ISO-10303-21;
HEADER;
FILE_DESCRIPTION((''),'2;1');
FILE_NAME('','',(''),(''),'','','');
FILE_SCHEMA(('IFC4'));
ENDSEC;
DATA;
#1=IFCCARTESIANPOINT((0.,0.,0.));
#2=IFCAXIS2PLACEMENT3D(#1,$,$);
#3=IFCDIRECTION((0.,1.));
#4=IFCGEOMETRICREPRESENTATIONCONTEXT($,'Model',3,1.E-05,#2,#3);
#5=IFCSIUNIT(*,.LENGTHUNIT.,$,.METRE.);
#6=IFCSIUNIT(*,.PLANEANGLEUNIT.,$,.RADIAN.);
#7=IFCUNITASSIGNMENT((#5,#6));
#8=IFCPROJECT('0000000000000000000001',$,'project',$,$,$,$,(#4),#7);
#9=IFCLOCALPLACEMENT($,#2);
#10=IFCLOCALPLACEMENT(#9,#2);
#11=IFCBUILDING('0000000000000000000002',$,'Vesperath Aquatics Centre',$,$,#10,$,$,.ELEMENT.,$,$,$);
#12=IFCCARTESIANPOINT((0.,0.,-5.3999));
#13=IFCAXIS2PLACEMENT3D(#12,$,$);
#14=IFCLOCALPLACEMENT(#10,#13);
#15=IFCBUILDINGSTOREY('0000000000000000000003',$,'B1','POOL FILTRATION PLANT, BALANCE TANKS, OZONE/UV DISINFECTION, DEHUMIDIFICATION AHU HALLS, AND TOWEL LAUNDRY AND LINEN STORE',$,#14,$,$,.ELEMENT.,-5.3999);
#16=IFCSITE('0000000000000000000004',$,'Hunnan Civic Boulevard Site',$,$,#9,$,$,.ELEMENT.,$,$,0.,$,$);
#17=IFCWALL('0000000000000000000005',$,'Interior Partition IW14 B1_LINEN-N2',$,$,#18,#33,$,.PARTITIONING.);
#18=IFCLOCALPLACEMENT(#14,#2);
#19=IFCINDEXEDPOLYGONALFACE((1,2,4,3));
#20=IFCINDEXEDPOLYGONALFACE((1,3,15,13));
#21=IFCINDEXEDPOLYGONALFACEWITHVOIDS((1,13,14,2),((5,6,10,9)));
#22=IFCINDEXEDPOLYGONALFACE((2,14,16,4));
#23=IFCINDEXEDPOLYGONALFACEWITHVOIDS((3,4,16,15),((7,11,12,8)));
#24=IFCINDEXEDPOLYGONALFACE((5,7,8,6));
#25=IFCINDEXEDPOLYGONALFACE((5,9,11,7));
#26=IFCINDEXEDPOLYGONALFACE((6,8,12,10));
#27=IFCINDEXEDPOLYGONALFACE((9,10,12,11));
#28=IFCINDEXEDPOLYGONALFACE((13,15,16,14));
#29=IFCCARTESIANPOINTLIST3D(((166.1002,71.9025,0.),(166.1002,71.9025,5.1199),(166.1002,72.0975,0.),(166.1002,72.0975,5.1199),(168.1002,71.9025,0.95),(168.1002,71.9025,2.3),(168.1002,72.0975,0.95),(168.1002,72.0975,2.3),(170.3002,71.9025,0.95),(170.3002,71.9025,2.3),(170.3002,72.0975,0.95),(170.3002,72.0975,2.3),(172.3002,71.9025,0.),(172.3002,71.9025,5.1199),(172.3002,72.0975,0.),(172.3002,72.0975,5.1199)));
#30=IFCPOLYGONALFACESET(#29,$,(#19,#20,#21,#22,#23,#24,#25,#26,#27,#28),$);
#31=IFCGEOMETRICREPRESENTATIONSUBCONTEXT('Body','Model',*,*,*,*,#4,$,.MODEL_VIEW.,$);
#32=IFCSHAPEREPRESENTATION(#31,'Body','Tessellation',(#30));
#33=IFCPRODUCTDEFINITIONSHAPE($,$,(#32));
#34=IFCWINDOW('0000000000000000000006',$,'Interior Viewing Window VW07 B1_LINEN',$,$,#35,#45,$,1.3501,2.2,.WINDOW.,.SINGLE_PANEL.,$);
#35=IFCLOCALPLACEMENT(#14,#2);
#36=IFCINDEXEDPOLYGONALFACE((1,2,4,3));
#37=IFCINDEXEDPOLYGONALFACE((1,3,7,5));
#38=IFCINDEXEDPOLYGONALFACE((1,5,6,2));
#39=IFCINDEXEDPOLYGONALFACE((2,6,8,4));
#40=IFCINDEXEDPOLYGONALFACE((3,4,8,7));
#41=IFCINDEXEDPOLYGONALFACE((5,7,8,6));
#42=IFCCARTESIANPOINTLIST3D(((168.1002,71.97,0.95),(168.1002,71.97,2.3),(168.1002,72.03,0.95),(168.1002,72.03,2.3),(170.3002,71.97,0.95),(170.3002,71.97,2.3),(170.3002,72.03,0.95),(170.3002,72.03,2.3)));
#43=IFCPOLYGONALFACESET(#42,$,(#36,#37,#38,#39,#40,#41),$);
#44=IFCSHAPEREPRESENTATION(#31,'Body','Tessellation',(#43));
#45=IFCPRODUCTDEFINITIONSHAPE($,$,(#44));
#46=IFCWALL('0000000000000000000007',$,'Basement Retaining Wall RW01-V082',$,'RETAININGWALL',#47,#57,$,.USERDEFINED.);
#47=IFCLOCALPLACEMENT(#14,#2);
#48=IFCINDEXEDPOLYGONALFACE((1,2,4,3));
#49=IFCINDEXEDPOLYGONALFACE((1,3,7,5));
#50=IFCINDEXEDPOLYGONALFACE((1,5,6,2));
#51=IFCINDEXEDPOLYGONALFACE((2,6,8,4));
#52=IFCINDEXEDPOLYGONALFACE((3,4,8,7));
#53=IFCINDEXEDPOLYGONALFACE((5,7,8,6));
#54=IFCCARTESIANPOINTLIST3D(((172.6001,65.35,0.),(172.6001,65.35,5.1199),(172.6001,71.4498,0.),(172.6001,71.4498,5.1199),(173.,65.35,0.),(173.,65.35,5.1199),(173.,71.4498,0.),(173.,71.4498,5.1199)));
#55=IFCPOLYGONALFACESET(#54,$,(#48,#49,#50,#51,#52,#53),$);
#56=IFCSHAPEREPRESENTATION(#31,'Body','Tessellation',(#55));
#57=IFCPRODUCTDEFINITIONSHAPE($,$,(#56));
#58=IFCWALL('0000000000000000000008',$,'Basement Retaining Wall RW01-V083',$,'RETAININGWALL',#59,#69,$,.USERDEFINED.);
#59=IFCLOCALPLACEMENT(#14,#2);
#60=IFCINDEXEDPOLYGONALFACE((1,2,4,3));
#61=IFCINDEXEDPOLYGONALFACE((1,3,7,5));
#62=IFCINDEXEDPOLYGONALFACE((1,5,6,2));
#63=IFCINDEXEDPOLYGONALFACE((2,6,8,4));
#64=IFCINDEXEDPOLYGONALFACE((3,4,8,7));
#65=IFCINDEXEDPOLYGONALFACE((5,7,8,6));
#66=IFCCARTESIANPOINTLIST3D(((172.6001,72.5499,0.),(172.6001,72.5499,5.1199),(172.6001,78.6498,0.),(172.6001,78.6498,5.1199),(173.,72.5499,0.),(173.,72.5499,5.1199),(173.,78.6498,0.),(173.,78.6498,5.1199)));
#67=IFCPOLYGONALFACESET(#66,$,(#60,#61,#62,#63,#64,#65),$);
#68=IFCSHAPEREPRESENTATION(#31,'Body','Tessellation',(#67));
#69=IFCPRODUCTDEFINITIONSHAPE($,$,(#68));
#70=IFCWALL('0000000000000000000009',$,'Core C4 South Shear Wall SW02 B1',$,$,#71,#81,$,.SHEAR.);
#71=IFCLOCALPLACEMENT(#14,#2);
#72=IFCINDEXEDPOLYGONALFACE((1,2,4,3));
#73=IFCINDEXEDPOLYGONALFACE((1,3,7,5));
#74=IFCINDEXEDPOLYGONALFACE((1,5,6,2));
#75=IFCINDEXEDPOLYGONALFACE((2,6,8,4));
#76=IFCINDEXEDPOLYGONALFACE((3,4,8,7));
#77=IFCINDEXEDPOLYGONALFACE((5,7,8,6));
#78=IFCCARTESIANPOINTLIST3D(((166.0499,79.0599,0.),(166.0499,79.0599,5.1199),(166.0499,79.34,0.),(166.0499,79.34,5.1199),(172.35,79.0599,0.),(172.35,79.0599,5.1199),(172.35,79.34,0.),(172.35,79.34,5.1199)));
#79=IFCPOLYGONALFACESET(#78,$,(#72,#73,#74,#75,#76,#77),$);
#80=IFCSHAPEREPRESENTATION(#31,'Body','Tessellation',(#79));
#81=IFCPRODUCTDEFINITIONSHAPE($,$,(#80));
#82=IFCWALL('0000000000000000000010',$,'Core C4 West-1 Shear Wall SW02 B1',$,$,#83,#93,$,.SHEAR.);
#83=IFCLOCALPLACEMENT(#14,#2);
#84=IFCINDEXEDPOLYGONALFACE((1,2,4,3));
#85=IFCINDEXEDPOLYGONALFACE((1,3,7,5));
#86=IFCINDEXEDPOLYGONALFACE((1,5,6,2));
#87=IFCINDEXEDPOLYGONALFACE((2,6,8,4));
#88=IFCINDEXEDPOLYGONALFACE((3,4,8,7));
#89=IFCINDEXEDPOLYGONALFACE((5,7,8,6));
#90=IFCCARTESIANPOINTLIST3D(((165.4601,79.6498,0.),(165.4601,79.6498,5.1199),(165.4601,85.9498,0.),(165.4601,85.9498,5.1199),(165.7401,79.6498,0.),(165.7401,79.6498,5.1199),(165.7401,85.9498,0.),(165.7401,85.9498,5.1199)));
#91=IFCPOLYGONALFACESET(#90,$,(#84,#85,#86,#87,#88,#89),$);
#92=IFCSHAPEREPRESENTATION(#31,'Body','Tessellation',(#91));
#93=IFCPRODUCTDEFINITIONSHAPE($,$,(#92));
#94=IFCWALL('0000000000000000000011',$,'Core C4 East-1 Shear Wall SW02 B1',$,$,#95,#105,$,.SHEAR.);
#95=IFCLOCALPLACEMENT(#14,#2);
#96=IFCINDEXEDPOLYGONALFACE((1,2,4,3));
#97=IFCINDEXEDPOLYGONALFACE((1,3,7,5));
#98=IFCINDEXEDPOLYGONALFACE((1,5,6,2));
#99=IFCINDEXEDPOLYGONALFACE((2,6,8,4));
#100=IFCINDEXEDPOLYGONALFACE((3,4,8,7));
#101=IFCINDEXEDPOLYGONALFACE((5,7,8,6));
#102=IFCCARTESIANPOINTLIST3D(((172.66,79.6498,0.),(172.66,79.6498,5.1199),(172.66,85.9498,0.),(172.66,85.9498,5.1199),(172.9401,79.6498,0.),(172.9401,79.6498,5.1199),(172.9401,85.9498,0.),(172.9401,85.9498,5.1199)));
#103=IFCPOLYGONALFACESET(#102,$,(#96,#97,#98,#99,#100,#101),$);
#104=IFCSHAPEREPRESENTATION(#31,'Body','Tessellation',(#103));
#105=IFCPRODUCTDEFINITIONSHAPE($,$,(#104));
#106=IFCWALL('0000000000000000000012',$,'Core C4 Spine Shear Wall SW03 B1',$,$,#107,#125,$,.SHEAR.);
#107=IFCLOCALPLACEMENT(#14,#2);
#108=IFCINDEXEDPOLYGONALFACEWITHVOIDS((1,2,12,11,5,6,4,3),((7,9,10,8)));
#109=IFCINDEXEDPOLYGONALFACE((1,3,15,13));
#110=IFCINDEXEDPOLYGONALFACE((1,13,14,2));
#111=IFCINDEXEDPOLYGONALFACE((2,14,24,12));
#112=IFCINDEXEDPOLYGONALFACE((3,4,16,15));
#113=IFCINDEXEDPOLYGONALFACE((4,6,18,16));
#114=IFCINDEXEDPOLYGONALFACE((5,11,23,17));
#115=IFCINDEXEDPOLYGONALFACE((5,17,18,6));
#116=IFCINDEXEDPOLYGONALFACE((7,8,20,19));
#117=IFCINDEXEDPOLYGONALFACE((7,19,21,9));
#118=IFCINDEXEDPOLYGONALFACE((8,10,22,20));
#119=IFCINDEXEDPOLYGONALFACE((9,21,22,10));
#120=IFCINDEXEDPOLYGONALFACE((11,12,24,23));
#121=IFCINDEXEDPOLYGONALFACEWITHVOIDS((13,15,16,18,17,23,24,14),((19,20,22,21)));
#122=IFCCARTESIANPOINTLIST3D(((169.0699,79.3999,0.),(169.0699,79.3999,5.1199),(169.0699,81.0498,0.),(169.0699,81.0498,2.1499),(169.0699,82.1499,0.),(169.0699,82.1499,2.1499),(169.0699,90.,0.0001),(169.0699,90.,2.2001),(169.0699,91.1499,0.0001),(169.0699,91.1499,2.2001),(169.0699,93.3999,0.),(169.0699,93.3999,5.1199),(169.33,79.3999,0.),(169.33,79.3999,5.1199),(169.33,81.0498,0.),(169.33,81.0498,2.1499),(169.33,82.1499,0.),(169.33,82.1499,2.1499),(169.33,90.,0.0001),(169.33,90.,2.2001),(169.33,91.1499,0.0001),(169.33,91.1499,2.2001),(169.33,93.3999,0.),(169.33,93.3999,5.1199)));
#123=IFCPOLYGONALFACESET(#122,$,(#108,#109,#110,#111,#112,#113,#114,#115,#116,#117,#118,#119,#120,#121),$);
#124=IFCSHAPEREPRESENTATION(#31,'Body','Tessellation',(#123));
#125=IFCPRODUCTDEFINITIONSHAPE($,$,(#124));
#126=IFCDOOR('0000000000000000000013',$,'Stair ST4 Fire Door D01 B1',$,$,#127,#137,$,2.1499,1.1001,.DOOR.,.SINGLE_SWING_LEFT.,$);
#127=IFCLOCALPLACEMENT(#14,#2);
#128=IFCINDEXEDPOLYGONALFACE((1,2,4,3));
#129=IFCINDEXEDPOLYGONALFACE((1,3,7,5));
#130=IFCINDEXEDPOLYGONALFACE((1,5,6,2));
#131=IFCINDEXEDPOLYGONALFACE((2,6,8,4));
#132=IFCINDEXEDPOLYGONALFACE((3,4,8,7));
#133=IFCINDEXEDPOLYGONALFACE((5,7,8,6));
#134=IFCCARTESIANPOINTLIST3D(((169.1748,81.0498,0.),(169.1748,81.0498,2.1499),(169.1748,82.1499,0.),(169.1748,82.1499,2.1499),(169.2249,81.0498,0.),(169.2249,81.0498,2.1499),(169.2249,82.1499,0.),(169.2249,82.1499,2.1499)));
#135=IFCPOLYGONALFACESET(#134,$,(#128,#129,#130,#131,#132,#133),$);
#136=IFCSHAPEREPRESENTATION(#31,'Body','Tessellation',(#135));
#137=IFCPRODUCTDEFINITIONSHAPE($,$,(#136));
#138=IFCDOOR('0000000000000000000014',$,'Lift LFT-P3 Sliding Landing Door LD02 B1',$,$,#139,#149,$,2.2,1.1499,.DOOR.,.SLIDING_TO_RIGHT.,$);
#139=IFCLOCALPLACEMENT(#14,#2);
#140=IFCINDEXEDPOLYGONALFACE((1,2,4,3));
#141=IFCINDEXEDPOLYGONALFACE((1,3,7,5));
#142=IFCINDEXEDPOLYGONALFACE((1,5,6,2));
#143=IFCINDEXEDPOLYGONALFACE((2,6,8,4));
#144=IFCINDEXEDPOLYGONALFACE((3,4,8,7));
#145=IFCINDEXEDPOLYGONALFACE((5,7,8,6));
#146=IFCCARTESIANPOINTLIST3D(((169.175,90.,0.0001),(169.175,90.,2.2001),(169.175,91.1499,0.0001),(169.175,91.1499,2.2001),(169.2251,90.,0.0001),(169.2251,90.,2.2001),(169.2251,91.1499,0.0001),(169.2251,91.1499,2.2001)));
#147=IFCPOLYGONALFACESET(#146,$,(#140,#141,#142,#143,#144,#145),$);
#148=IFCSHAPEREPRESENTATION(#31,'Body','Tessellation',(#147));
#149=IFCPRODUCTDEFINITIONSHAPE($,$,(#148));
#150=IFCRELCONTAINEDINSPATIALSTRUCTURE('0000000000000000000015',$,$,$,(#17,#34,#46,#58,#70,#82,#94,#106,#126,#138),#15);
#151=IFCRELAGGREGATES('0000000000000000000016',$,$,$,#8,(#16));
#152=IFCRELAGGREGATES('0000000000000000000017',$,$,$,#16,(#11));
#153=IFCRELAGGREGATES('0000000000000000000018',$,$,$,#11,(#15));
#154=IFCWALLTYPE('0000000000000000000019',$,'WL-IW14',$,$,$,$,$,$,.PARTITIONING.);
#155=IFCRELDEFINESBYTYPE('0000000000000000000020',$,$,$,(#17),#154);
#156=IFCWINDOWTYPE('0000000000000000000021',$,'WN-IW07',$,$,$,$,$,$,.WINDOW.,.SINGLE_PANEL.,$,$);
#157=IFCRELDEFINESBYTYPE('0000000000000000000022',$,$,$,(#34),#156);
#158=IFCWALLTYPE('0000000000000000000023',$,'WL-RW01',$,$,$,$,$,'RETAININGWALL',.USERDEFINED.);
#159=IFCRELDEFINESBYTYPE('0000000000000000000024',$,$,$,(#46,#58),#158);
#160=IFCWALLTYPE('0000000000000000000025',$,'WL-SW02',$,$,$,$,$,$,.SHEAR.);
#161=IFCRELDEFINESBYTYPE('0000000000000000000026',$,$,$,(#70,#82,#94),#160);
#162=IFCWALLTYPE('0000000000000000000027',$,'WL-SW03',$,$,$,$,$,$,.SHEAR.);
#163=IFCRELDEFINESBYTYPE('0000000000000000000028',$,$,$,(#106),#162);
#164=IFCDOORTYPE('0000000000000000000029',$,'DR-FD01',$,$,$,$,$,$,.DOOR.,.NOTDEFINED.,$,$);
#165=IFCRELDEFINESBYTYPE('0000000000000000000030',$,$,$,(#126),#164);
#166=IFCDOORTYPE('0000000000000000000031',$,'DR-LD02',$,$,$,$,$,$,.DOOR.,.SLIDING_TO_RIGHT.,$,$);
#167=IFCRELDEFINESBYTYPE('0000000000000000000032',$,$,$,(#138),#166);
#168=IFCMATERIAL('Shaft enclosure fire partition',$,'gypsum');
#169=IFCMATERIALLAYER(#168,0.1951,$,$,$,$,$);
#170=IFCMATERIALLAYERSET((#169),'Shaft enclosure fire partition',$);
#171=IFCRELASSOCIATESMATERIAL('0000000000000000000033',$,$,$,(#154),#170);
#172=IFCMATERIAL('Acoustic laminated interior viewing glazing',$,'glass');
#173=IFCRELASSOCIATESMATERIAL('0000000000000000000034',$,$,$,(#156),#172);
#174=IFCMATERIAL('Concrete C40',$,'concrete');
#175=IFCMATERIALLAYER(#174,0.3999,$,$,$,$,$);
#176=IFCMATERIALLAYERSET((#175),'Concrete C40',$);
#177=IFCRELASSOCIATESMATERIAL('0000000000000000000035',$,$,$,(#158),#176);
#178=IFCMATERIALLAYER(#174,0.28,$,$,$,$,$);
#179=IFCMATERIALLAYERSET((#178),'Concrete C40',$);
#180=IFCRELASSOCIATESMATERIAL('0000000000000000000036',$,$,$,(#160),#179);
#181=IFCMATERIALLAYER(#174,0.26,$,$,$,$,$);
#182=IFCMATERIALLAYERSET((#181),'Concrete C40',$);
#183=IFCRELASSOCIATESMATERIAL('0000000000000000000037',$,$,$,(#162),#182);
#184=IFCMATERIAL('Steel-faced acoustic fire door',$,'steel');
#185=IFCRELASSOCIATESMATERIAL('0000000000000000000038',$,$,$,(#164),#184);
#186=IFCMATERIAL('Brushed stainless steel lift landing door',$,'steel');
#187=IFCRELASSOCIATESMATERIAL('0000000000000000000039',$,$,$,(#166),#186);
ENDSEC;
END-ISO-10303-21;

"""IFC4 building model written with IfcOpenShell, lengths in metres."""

from ifc_helpers import new_model, si_unit, direction, frame, frame_2d, origin, place, context, subcontext, project, spatial, rectangle, extrude, material, layer, layer_set, type_object, element, fill, save


model = new_model("IFC4")

# Units and contexts
model_context = context("Model", 3, precision=1e-05, world=origin(), true_north=direction((0.0, 1.0)))
body_context = subcontext(model_context, "Body", "Model", "MODEL_VIEW")
ifc_project = project(units=[si_unit("LENGTHUNIT", "METRE"), si_unit("PLANEANGLEUNIT", "RADIAN")], contexts=[model_context])

# Site, building, storey
site_placement = place(None, origin())
site = spatial("IfcSite", under=ifc_project, at=site_placement, Name="Hunnan Civic Boulevard Site", CompositionType="ELEMENT", RefElevation=0.0)
building_placement = place(site_placement, origin())
building = spatial("IfcBuilding", under=site, at=building_placement, Name="Vesperath Aquatics Centre", CompositionType="ELEMENT")
storey_placement = place(building_placement, frame((0.0, 0.0, -5.3999)))
storey = spatial("IfcBuildingStorey", under=building, at=storey_placement, Name="B1", Description="POOL FILTRATION PLANT, BALANCE TANKS, OZONE/UV DISINFECTION, DEHUMIDIFICATION AHU HALLS, AND TOWEL LAUNDRY AND LINEN STORE", CompositionType="ELEMENT", Elevation=-5.3999)

# Shared definitions
ifc_material_1 = material(Name="Concrete C40", Category="concrete")

# Wall, opening, window
ifc_material_2 = material(Name="Shaft enclosure fire partition", Category="gypsum")
ifc_layer_1 = layer(ifc_material_2, 0.1951)
ifc_layer_set_1 = layer_set([ifc_layer_1], Name="Shaft enclosure fire partition")
wall_type_1 = type_object("IfcWallType", Name="WL-IW14", PredefinedType="PARTITIONING", material=ifc_layer_set_1)
wall_1_placement = place(storey_placement, frame((166.1001, 72.0, 0.0), z_axis=(0.0, 0.0, 1.0), x_axis=(1.0, 0.0, 0.0)))
wall_1 = element("IfcWall", 1, at=wall_1_placement, inside=storey, type_object=wall_type_1, Name="Interior Partition IW14 B1_LINEN-N2", PredefinedType="PARTITIONING", context=body_context, shape_type="SweptSolid", body=[
    extrude(rectangle(XDim=6.2, YDim=0.1951, at=frame_2d((3.1001, 0.0))), origin(), (0.0, 0.0, 1.0), 5.1199),
])
opening_1_placement = place(wall_1_placement, frame((2.0, 0.0, 0.95)))
opening_1 = element("IfcOpeningElement", 2, at=opening_1_placement, cuts=wall_1, PredefinedType="OPENING", context=body_context, shape_type="SweptSolid", body=[
    extrude(rectangle(XDim=2.2, YDim=1.3501, at=frame_2d((1.1001, 0.675))), frame((0.0, 0.1123, 0.0), z_axis=(0.0, -1.0, 0.0), x_axis=(1.0, 0.0, 0.0)), (0.0, 0.0, 1.0), 0.2249),
])
ifc_material_3 = material(Name="Acoustic laminated interior viewing glazing", Category="glass")
window_type = type_object("IfcWindowType", Name="WN-IW07", PartitioningType="SINGLE_PANEL", PredefinedType="WINDOW", material=ifc_material_3)
window_placement = place(opening_1_placement, origin())
window = element("IfcWindow", 3, at=window_placement, inside=storey, type_object=window_type, Name="Interior Viewing Window VW07 B1_LINEN", OverallHeight=1.3501, OverallWidth=2.2, PartitioningType="SINGLE_PANEL", PredefinedType="WINDOW", context=body_context, shape_type="SweptSolid", body=[
    extrude(rectangle(XDim=2.2, YDim=1.3501, at=frame_2d((1.1001, 0.675))), frame((0.0, 0.03, 0.0), z_axis=(0.0, -1.0, 0.0), x_axis=(1.0, 0.0, 0.0)), (0.0, 0.0, 1.0), 0.0601),
])
fill(opening_1, window)

# Walls
ifc_layer_2 = layer(ifc_material_1, 0.3999)
ifc_layer_set_2 = layer_set([ifc_layer_2], Name="Concrete C40")
wall_type_2 = type_object("IfcWallType", Name="WL-RW01", ElementType="RETAININGWALL", PredefinedType="USERDEFINED", material=ifc_layer_set_2)
for number, where, z_axis, x_axis, name in (
    (4, (172.8, 65.3501, 0.0), (0.0, 0.0, 1.0), (0.0, 1.0, 0.0), "Basement Retaining Wall RW01-V082"),
    (5, (172.8, 72.55, 0.0), (0.0, 0.0, 1.0), (0.0, 1.0, 0.0), "Basement Retaining Wall RW01-V083"),
):
    element("IfcWall", number, at=place(storey_placement, frame(where, z_axis=z_axis, x_axis=x_axis)), inside=storey, type_object=wall_type_2, Name=name, ObjectType="RETAININGWALL", PredefinedType="USERDEFINED", context=body_context, shape_type="SweptSolid", body=[
        extrude(rectangle(XDim=6.0999, YDim=0.3999, at=frame_2d((3.0498, 0.0))), origin(), (0.0, 0.0, 1.0), 5.1199),
    ])
ifc_layer_3 = layer(ifc_material_1, 0.28)
ifc_layer_set_3 = layer_set([ifc_layer_3], Name="Concrete C40")
wall_type_3 = type_object("IfcWallType", Name="WL-SW02", PredefinedType="SHEAR", material=ifc_layer_set_3)
for number, where, z_axis, x_axis, name in (
    (6, (166.05, 79.2, 0.0), (0.0, 0.0, 1.0), (1.0, 0.0, 0.0), "Core C4 South Shear Wall SW02 B1"),
    (7, (165.6001, 79.6499, 0.0), (0.0, 0.0, 1.0), (0.0, 1.0, 0.0), "Core C4 West-1 Shear Wall SW02 B1"),
    (8, (172.8, 79.6499, 0.0), (0.0, 0.0, 1.0), (0.0, 1.0, 0.0), "Core C4 East-1 Shear Wall SW02 B1"),
):
    element("IfcWall", number, at=place(storey_placement, frame(where, z_axis=z_axis, x_axis=x_axis)), inside=storey, type_object=wall_type_3, Name=name, PredefinedType="SHEAR", context=body_context, shape_type="SweptSolid", body=[
        extrude(rectangle(XDim=6.3, YDim=0.28, at=frame_2d((3.1499, 0.0))), origin(), (0.0, 0.0, 1.0), 5.1199),
    ])

# Wall, openings, doors
ifc_layer_4 = layer(ifc_material_1, 0.26)
ifc_layer_set_4 = layer_set([ifc_layer_4], Name="Concrete C40")
wall_type_4 = type_object("IfcWallType", Name="WL-SW03", PredefinedType="SHEAR", material=ifc_layer_set_4)
wall_2_placement = place(storey_placement, frame((169.2, 79.3999, 0.0), z_axis=(0.0, 0.0, 1.0), x_axis=(0.0, 1.0, 0.0)))
wall_2 = element("IfcWall", 9, at=wall_2_placement, inside=storey, type_object=wall_type_4, Name="Core C4 Spine Shear Wall SW03 B1", PredefinedType="SHEAR", context=body_context, shape_type="SweptSolid", body=[
    extrude(rectangle(XDim=14.0, YDim=0.26, at=frame_2d((7.0, 0.0))), origin(), (0.0, 0.0, 1.0), 5.1199),
])
opening_2_placement = place(wall_2_placement, frame((1.6499, 0.0, 0.0)))
opening_2 = element("IfcOpeningElement", 10, at=opening_2_placement, cuts=wall_2, PredefinedType="OPENING", context=body_context, shape_type="SweptSolid", body=[
    extrude(rectangle(XDim=1.1001, YDim=2.1499, at=frame_2d((0.55, 1.075))), frame((0.0, 0.145, 0.0), z_axis=(0.0, -1.0, 0.0), x_axis=(1.0, 0.0, 0.0)), (0.0, 0.0, 1.0), 0.2898),
])
opening_3_placement = place(wall_2_placement, frame((10.6001, 0.0, 0.0)))
opening_3 = element("IfcOpeningElement", 11, at=opening_3_placement, cuts=wall_2, PredefinedType="OPENING", context=body_context, shape_type="SweptSolid", body=[
    extrude(rectangle(XDim=1.1499, YDim=2.2, at=frame_2d((0.575, 1.1001))), frame((0.0, 0.145, 0.0), z_axis=(0.0, -1.0, 0.0), x_axis=(1.0, 0.0, 0.0)), (0.0, 0.0, 1.0), 0.2898),
])
ifc_material_4 = material(Name="Steel-faced acoustic fire door", Category="steel")
door_type_1 = type_object("IfcDoorType", Name="DR-FD01", OperationType="NOTDEFINED", PredefinedType="DOOR", material=ifc_material_4)
door_1_placement = place(opening_2_placement, frame((1.1001, 0.0, 0.0), z_axis=(0.0, 0.0, 1.0), x_axis=(-1.0, 0.0, 0.0)))
door_1 = element("IfcDoor", 12, at=door_1_placement, inside=storey, type_object=door_type_1, Name="Stair ST4 Fire Door D01 B1", OperationType="SINGLE_SWING_LEFT", OverallHeight=2.1499, OverallWidth=1.1001, PredefinedType="DOOR", context=body_context, shape_type="SweptSolid", body=[
    extrude(rectangle(XDim=1.1001, YDim=2.1499, at=frame_2d((0.55, 1.075))), frame((0.0, 0.0249, 0.0), z_axis=(0.0, -1.0, 0.0), x_axis=(1.0, 0.0, 0.0)), (0.0, 0.0, 1.0), 0.05),
])
fill(opening_2, door_1)
ifc_material_5 = material(Name="Brushed stainless steel lift landing door", Category="steel")
door_type_2 = type_object("IfcDoorType", Name="DR-LD02", OperationType="SLIDING_TO_RIGHT", PredefinedType="DOOR", material=ifc_material_5)
door_2_placement = place(opening_3_placement, origin())
door_2 = element("IfcDoor", 13, at=door_2_placement, inside=storey, type_object=door_type_2, Name="Lift LFT-P3 Sliding Landing Door LD02 B1", OperationType="SLIDING_TO_RIGHT", OverallHeight=2.2, OverallWidth=1.1499, PredefinedType="DOOR", context=body_context, shape_type="SweptSolid", body=[
    extrude(rectangle(XDim=1.1499, YDim=2.2, at=frame_2d((0.575, 1.1001))), frame((0.0, 0.0249, 0.0), z_axis=(0.0, -1.0, 0.0), x_axis=(1.0, 0.0, 0.0)), (0.0, 0.0, 1.0), 0.05),
])
fill(opening_3, door_2)

save(model, "model.ifc")
